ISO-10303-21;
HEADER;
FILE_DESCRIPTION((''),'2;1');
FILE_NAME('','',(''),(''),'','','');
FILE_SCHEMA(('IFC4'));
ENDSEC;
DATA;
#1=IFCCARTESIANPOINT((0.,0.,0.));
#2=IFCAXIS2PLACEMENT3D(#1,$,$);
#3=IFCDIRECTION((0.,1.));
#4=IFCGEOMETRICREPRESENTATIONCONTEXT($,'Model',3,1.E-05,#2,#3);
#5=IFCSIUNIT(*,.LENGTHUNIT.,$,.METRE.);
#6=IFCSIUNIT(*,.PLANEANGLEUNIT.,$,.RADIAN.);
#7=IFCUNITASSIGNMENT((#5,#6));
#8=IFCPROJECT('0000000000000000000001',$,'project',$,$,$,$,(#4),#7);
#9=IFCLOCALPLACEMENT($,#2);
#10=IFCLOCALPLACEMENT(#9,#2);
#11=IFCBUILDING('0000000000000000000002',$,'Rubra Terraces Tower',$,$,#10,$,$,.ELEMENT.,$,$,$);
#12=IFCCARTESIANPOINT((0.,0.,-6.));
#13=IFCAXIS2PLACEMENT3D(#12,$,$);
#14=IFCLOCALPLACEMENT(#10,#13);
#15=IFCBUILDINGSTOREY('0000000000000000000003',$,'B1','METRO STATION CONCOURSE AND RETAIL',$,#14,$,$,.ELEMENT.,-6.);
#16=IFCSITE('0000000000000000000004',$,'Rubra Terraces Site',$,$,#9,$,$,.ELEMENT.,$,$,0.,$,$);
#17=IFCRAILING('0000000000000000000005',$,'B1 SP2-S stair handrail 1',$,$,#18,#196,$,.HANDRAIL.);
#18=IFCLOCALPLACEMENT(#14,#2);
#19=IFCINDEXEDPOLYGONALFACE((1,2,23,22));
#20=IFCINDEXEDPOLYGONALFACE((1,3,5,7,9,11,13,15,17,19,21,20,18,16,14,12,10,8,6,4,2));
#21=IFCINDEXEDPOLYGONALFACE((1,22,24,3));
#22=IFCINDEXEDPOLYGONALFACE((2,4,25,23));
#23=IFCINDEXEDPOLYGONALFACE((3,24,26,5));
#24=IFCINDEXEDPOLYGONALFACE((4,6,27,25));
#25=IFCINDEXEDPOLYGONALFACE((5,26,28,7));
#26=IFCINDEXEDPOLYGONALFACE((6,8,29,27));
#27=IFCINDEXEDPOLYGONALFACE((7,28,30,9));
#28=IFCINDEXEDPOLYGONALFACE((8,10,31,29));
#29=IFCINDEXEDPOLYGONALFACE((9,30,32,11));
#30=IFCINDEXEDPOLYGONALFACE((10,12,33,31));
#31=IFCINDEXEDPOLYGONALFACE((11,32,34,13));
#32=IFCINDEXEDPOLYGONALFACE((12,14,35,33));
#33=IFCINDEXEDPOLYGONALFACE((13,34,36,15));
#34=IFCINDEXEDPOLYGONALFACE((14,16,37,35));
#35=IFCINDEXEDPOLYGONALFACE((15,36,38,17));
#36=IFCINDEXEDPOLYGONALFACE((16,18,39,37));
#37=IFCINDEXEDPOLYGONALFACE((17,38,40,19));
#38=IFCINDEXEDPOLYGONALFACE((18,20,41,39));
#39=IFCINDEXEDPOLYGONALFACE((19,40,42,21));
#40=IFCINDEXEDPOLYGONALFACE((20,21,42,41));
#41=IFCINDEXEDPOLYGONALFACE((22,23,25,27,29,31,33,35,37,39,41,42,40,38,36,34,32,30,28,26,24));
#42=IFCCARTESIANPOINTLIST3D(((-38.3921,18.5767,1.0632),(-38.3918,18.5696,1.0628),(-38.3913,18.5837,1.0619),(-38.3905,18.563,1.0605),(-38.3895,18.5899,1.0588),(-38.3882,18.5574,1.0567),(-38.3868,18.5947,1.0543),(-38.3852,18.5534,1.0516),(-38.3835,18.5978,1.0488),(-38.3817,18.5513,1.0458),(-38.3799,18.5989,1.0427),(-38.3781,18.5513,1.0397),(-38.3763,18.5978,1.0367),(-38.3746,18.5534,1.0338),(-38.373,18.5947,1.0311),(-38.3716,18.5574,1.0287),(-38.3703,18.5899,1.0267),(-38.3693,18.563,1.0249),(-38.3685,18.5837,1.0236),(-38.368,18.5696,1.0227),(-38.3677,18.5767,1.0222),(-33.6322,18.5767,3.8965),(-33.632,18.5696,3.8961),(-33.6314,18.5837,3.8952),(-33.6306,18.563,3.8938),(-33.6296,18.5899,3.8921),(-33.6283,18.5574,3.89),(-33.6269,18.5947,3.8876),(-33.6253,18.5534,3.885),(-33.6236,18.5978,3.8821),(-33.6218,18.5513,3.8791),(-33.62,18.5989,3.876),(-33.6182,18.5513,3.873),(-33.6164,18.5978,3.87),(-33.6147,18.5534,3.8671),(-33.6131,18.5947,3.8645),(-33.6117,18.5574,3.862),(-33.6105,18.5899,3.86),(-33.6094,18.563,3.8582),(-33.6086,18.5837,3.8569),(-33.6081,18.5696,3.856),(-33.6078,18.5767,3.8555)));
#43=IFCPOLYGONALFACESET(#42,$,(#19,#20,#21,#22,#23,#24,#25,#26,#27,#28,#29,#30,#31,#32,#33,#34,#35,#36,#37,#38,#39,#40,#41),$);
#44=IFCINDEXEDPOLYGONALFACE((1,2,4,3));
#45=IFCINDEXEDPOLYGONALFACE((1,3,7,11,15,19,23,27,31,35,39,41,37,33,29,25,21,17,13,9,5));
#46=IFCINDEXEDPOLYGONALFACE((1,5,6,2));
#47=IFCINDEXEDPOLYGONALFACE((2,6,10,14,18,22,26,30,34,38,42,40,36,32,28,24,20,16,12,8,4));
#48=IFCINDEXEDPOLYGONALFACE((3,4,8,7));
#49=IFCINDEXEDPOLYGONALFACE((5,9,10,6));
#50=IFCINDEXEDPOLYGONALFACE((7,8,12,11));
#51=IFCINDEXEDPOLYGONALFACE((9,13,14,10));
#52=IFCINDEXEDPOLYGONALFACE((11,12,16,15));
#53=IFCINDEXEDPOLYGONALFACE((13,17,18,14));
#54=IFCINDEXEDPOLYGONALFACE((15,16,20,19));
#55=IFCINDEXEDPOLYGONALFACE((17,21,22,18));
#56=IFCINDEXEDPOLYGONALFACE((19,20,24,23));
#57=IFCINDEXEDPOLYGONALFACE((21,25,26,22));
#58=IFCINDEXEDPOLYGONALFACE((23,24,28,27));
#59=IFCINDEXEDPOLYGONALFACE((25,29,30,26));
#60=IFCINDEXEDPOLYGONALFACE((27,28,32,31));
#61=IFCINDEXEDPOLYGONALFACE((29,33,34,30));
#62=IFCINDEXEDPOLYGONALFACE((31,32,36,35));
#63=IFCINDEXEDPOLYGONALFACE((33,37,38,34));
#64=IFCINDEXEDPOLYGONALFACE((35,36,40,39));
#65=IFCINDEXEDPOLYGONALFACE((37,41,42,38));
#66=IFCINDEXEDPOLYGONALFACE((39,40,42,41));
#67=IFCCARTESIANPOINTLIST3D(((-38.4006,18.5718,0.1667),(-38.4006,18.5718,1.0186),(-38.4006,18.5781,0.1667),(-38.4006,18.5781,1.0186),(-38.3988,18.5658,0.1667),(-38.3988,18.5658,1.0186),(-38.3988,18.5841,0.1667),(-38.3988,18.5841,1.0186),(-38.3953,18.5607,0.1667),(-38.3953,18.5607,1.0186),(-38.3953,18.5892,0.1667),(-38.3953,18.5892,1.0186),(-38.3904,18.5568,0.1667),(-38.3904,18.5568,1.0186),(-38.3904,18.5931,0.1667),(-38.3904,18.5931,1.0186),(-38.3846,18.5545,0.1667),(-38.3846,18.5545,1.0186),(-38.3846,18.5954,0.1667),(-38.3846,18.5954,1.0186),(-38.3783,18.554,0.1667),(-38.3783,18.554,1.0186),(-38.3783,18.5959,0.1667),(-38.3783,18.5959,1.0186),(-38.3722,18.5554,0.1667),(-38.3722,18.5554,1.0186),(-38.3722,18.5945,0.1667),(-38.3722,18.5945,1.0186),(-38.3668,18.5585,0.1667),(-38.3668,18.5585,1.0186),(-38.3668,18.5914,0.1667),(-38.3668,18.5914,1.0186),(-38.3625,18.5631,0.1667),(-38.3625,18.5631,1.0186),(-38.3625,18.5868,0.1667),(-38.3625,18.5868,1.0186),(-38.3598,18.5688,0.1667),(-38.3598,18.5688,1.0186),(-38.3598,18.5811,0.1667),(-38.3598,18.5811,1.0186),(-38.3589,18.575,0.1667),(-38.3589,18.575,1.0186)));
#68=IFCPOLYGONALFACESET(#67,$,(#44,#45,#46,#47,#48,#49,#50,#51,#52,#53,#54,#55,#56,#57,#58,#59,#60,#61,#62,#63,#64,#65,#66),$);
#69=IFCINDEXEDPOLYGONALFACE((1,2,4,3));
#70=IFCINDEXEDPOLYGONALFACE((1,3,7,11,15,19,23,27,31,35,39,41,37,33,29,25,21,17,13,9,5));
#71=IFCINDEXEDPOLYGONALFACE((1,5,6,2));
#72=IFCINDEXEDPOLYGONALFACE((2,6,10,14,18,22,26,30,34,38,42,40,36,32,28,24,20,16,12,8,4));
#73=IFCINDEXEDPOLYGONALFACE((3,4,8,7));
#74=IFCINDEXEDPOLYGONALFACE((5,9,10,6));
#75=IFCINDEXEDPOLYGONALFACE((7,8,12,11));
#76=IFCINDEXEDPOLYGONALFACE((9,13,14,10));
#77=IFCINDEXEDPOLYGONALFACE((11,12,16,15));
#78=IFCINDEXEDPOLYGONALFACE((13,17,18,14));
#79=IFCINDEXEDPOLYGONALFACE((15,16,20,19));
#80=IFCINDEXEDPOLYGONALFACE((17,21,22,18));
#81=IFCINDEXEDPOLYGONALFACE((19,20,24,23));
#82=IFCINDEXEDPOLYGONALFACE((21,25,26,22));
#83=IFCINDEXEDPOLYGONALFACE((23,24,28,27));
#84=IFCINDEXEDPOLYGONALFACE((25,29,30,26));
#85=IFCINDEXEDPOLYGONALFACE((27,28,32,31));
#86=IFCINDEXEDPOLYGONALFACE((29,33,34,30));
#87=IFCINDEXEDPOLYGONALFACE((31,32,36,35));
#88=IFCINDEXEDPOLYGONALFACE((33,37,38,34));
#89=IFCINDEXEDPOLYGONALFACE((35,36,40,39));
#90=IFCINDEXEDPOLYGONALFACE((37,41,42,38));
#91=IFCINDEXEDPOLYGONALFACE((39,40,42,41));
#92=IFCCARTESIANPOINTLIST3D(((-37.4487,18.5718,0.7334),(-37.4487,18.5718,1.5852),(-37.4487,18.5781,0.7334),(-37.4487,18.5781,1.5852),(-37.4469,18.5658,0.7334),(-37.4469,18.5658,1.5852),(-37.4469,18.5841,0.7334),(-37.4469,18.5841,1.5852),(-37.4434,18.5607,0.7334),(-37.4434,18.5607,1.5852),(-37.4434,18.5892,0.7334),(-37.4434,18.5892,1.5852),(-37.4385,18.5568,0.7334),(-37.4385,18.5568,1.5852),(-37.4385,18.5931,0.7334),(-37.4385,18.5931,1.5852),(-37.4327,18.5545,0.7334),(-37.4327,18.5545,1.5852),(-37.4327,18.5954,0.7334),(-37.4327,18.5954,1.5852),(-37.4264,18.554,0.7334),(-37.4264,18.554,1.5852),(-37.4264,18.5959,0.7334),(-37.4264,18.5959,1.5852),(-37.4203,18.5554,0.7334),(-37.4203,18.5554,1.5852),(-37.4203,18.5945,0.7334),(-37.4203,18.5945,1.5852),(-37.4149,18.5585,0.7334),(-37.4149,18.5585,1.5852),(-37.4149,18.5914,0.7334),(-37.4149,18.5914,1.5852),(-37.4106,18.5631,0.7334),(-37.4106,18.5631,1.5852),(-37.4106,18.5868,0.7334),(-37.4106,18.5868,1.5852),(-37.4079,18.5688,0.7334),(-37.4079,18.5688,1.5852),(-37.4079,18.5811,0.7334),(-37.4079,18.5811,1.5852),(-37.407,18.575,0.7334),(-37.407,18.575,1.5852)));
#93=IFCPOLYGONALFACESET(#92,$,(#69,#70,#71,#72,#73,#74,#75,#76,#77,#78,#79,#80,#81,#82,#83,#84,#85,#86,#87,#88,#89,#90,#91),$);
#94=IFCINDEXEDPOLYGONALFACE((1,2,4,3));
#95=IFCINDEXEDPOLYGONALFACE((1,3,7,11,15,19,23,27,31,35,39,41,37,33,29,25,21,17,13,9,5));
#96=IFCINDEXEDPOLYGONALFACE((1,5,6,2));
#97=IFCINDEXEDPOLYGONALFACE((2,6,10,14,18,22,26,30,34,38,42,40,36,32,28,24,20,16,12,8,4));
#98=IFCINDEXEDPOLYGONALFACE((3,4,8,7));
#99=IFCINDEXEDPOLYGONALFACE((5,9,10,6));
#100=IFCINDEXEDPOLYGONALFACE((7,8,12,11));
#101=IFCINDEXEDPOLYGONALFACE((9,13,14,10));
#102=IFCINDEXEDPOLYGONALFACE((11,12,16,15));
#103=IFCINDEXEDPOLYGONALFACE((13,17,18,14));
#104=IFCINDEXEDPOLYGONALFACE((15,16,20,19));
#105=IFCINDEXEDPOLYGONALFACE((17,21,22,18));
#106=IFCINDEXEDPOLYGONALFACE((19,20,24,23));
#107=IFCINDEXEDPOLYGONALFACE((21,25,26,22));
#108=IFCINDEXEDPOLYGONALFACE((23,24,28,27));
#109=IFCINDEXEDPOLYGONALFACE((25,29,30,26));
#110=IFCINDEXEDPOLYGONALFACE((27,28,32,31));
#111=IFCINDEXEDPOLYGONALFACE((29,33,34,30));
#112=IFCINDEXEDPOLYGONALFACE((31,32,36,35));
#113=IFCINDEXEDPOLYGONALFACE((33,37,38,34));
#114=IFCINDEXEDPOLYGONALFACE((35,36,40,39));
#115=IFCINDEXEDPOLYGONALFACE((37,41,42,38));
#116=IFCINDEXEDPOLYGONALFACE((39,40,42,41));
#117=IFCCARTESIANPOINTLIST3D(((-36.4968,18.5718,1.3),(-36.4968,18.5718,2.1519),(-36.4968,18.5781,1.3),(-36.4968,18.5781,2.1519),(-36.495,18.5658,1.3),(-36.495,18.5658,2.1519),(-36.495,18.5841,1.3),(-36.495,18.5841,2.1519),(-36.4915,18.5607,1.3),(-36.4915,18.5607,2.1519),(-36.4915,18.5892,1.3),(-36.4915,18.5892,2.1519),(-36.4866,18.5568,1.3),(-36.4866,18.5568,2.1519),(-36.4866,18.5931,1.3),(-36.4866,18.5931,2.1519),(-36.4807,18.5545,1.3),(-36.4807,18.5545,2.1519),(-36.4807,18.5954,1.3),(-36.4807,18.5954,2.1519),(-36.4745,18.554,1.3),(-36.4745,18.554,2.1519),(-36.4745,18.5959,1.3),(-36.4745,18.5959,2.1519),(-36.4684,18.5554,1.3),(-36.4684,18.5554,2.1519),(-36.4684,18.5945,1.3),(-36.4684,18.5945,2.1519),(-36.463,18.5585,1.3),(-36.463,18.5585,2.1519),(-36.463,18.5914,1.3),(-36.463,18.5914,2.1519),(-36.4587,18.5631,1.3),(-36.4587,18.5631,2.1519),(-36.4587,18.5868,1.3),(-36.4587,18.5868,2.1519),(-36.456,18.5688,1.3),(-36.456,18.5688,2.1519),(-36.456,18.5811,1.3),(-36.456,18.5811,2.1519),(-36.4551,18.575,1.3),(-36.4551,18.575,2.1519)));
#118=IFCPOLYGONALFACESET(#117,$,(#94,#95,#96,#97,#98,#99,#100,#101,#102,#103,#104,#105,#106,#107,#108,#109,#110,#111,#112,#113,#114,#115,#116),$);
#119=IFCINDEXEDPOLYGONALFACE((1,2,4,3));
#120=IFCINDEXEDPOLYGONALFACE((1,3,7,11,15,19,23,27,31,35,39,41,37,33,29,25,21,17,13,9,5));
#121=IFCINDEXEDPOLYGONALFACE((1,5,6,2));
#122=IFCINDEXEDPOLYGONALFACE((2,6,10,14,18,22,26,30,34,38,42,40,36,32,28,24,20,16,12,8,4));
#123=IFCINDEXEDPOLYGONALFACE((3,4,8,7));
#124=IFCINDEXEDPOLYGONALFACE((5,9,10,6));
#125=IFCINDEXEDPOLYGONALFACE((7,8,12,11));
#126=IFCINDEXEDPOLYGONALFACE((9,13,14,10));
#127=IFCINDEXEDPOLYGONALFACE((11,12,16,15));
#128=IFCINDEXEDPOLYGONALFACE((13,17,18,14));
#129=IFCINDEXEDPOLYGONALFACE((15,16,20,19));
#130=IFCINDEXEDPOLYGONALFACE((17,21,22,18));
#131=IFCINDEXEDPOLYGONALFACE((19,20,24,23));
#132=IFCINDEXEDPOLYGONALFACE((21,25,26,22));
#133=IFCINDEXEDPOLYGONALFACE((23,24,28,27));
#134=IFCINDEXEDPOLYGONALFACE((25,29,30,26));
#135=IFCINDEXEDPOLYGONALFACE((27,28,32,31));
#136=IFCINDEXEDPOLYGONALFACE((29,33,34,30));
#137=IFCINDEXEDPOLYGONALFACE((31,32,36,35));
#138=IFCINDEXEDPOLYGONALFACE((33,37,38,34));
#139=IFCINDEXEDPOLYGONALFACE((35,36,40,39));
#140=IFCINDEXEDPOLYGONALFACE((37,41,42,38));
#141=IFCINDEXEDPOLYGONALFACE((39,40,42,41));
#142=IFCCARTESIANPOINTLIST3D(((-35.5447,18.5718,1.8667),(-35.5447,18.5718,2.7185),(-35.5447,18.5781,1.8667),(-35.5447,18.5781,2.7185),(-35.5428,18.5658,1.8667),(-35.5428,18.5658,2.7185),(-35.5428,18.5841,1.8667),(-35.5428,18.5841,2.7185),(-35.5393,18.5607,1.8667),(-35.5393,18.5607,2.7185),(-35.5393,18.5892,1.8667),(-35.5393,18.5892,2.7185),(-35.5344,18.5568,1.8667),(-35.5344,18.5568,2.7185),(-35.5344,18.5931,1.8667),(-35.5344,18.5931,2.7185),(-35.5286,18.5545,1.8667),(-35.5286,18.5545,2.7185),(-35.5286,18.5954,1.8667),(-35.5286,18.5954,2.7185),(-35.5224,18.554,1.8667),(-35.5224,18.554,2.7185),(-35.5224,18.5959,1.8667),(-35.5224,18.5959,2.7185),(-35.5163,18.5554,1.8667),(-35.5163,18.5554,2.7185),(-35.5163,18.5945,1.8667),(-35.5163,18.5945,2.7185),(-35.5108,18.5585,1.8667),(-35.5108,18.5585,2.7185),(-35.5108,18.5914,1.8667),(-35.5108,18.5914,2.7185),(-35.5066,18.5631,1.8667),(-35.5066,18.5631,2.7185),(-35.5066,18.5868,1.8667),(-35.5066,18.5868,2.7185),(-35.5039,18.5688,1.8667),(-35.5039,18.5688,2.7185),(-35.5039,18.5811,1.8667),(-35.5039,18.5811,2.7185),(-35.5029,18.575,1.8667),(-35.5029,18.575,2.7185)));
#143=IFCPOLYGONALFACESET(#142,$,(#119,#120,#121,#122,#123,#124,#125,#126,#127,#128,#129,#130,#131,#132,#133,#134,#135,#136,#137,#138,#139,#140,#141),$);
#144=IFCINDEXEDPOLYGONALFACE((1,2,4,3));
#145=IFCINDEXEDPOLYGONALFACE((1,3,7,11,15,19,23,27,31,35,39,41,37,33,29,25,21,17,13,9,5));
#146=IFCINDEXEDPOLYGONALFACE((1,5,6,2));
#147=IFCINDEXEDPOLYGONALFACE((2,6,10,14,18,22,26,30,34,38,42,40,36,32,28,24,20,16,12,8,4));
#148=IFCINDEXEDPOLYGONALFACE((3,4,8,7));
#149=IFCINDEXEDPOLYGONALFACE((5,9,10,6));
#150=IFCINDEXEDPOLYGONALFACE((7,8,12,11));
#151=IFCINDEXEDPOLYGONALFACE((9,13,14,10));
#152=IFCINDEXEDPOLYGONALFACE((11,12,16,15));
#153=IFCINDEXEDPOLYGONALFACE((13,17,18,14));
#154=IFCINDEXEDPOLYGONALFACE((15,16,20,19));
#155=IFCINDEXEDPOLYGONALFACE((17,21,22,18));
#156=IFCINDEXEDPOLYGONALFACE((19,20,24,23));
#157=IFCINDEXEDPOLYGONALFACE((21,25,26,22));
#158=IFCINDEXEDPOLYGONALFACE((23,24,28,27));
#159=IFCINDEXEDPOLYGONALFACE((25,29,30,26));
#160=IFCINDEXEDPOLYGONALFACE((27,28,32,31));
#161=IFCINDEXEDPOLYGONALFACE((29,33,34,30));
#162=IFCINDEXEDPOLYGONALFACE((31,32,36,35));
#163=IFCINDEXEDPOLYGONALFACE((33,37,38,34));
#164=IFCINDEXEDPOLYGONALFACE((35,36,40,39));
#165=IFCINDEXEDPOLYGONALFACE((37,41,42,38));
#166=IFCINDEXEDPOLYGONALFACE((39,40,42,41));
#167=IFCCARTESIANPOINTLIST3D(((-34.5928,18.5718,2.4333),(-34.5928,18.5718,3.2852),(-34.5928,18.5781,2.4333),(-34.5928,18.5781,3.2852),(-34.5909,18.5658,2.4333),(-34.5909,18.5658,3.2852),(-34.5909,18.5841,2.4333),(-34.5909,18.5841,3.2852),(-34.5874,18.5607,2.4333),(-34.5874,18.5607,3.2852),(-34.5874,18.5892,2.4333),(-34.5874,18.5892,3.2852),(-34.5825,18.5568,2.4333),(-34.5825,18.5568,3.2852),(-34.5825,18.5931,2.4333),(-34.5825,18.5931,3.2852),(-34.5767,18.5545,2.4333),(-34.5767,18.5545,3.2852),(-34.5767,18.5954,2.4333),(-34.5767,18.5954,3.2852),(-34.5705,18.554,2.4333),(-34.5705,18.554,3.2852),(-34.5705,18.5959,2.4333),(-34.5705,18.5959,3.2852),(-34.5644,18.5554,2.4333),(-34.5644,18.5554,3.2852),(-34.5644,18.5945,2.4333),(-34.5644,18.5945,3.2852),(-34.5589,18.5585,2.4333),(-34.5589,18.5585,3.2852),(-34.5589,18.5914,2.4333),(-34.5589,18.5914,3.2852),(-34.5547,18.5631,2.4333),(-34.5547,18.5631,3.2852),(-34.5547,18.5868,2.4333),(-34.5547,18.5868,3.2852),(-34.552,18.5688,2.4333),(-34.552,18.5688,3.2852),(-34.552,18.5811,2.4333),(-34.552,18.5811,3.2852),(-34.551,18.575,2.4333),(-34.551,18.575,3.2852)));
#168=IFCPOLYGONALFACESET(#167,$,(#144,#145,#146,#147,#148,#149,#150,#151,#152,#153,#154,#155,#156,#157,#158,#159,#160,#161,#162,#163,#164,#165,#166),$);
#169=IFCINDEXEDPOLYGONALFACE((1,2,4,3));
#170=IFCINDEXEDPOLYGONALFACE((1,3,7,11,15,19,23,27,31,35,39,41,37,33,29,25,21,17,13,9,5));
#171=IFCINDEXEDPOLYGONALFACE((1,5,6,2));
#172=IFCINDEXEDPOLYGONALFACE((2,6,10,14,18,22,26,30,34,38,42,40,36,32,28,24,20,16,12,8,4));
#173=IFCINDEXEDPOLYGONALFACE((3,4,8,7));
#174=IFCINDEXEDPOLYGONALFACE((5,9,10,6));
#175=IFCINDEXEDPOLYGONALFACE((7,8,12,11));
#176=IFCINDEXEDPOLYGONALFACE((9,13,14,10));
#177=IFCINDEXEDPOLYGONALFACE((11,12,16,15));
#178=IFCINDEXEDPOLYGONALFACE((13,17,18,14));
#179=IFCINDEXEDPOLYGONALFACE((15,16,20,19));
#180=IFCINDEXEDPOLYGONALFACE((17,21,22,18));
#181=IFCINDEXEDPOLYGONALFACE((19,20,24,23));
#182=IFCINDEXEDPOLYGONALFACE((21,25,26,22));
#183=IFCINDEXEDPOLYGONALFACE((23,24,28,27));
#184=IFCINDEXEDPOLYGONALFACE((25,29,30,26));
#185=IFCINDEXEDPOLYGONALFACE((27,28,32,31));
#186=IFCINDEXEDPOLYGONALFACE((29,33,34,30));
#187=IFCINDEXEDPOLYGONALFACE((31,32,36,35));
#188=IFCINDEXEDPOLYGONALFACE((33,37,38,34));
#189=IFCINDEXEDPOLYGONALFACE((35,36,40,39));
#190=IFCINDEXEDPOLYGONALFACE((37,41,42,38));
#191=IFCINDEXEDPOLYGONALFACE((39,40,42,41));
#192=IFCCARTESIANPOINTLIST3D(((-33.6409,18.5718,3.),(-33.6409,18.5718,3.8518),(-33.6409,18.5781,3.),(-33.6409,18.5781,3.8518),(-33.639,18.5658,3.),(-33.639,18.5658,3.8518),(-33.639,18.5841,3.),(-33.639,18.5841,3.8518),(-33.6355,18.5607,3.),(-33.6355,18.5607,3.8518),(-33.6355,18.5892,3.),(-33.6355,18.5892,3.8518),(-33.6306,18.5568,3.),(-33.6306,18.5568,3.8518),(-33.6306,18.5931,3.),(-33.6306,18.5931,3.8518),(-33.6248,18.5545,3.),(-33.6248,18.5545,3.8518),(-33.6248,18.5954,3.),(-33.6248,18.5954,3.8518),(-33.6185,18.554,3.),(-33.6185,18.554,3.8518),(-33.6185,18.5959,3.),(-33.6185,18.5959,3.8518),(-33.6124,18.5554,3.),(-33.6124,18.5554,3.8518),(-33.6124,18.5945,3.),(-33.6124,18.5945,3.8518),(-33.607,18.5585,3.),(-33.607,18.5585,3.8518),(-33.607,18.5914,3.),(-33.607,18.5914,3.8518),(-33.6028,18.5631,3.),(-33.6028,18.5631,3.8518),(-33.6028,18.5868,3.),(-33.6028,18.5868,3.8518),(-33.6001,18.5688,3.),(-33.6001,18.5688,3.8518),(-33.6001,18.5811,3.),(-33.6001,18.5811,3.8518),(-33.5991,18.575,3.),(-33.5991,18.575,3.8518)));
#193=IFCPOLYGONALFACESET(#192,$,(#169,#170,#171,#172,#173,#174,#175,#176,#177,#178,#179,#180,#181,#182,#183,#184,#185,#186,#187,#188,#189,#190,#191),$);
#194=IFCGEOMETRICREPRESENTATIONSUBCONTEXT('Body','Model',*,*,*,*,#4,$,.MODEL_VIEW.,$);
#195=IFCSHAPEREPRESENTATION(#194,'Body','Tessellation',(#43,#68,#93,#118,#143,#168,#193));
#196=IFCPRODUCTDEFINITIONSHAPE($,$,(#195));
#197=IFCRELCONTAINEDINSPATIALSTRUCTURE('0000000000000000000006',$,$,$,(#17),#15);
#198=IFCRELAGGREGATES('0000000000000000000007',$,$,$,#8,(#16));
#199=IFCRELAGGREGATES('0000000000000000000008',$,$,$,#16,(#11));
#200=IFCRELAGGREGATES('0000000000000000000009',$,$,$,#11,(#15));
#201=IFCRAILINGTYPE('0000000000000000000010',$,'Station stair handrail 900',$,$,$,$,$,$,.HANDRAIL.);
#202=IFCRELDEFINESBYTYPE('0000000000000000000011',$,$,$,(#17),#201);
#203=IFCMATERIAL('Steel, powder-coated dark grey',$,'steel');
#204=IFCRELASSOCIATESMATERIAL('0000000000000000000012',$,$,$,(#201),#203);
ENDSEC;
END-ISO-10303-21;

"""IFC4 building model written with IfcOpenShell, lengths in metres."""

from ifc_helpers import new_model, si_unit, direction, frame, origin, origin_2d, place, context, subcontext, project, spatial, circle, extrude, material, type_object, element, save


model = new_model("IFC4")

# Units and contexts
model_context = context("Model", 3, precision=1e-05, world=origin(), true_north=direction((0.0, 1.0)))
body_context = subcontext(model_context, "Body", "Model", "MODEL_VIEW")
ifc_project = project(units=[si_unit("LENGTHUNIT", "METRE"), si_unit("PLANEANGLEUNIT", "RADIAN")], contexts=[model_context])

# Site, building, storey
site_placement = place(None, origin())
site = spatial("IfcSite", under=ifc_project, at=site_placement, Name="Rubra Terraces Site", CompositionType="ELEMENT", RefElevation=0.0)
building_placement = place(site_placement, origin())
building = spatial("IfcBuilding", under=site, at=building_placement, Name="Rubra Terraces Tower", CompositionType="ELEMENT")
storey_placement = place(building_placement, frame((0.0, 0.0, -6.0)))
storey = spatial("IfcBuildingStorey", under=building, at=storey_placement, Name="B1", Description="METRO STATION CONCOURSE AND RETAIL", CompositionType="ELEMENT", Elevation=-6.0)

# Railing
ifc_material_1 = material(Name="Steel, powder-coated dark grey", Category="steel")
railing_type_1 = type_object("IfcRailingType", Name="Station stair handrail 900", PredefinedType="HANDRAIL", material=ifc_material_1)
railing_1_placement = place(storey_placement, frame((-38.3799, 18.575, 0.1667)))
element("IfcRailing", 1, at=railing_1_placement, inside=storey, type_object=railing_type_1, Name="B1 SP2-S stair handrail 1", PredefinedType="HANDRAIL", context=body_context, shape_type="SweptSolid", body=[
    extrude(circle(Radius=0.0239, at=origin_2d()), frame((0.0, 0.0, 0.876), z_axis=(0.859288, 0.0, 0.511492), x_axis=(0.0, 1.0, 0.0)), (0.0, 0.0, 1.0), 5.5393),
    extrude(circle(Radius=0.021, at=origin_2d()), origin(), (0.0, 0.0, 1.0), 0.8518),
    extrude(circle(Radius=0.021, at=origin_2d()), frame((0.9519, 0.0, 0.5667)), (0.0, 0.0, 1.0), 0.8518),
    extrude(circle(Radius=0.021, at=origin_2d()), frame((1.9038, 0.0, 1.1333)), (0.0, 0.0, 1.0), 0.8518),
    extrude(circle(Radius=0.021, at=origin_2d()), frame((2.856, 0.0, 1.7)), (0.0, 0.0, 1.0), 0.8518),
    extrude(circle(Radius=0.021, at=origin_2d()), frame((3.8079, 0.0, 2.2666)), (0.0, 0.0, 1.0), 0.8518),
    extrude(circle(Radius=0.021, at=origin_2d()), frame((4.7598, 0.0, 2.8333)), (0.0, 0.0, 1.0), 0.8518),
])

save(model, "model.ifc")
